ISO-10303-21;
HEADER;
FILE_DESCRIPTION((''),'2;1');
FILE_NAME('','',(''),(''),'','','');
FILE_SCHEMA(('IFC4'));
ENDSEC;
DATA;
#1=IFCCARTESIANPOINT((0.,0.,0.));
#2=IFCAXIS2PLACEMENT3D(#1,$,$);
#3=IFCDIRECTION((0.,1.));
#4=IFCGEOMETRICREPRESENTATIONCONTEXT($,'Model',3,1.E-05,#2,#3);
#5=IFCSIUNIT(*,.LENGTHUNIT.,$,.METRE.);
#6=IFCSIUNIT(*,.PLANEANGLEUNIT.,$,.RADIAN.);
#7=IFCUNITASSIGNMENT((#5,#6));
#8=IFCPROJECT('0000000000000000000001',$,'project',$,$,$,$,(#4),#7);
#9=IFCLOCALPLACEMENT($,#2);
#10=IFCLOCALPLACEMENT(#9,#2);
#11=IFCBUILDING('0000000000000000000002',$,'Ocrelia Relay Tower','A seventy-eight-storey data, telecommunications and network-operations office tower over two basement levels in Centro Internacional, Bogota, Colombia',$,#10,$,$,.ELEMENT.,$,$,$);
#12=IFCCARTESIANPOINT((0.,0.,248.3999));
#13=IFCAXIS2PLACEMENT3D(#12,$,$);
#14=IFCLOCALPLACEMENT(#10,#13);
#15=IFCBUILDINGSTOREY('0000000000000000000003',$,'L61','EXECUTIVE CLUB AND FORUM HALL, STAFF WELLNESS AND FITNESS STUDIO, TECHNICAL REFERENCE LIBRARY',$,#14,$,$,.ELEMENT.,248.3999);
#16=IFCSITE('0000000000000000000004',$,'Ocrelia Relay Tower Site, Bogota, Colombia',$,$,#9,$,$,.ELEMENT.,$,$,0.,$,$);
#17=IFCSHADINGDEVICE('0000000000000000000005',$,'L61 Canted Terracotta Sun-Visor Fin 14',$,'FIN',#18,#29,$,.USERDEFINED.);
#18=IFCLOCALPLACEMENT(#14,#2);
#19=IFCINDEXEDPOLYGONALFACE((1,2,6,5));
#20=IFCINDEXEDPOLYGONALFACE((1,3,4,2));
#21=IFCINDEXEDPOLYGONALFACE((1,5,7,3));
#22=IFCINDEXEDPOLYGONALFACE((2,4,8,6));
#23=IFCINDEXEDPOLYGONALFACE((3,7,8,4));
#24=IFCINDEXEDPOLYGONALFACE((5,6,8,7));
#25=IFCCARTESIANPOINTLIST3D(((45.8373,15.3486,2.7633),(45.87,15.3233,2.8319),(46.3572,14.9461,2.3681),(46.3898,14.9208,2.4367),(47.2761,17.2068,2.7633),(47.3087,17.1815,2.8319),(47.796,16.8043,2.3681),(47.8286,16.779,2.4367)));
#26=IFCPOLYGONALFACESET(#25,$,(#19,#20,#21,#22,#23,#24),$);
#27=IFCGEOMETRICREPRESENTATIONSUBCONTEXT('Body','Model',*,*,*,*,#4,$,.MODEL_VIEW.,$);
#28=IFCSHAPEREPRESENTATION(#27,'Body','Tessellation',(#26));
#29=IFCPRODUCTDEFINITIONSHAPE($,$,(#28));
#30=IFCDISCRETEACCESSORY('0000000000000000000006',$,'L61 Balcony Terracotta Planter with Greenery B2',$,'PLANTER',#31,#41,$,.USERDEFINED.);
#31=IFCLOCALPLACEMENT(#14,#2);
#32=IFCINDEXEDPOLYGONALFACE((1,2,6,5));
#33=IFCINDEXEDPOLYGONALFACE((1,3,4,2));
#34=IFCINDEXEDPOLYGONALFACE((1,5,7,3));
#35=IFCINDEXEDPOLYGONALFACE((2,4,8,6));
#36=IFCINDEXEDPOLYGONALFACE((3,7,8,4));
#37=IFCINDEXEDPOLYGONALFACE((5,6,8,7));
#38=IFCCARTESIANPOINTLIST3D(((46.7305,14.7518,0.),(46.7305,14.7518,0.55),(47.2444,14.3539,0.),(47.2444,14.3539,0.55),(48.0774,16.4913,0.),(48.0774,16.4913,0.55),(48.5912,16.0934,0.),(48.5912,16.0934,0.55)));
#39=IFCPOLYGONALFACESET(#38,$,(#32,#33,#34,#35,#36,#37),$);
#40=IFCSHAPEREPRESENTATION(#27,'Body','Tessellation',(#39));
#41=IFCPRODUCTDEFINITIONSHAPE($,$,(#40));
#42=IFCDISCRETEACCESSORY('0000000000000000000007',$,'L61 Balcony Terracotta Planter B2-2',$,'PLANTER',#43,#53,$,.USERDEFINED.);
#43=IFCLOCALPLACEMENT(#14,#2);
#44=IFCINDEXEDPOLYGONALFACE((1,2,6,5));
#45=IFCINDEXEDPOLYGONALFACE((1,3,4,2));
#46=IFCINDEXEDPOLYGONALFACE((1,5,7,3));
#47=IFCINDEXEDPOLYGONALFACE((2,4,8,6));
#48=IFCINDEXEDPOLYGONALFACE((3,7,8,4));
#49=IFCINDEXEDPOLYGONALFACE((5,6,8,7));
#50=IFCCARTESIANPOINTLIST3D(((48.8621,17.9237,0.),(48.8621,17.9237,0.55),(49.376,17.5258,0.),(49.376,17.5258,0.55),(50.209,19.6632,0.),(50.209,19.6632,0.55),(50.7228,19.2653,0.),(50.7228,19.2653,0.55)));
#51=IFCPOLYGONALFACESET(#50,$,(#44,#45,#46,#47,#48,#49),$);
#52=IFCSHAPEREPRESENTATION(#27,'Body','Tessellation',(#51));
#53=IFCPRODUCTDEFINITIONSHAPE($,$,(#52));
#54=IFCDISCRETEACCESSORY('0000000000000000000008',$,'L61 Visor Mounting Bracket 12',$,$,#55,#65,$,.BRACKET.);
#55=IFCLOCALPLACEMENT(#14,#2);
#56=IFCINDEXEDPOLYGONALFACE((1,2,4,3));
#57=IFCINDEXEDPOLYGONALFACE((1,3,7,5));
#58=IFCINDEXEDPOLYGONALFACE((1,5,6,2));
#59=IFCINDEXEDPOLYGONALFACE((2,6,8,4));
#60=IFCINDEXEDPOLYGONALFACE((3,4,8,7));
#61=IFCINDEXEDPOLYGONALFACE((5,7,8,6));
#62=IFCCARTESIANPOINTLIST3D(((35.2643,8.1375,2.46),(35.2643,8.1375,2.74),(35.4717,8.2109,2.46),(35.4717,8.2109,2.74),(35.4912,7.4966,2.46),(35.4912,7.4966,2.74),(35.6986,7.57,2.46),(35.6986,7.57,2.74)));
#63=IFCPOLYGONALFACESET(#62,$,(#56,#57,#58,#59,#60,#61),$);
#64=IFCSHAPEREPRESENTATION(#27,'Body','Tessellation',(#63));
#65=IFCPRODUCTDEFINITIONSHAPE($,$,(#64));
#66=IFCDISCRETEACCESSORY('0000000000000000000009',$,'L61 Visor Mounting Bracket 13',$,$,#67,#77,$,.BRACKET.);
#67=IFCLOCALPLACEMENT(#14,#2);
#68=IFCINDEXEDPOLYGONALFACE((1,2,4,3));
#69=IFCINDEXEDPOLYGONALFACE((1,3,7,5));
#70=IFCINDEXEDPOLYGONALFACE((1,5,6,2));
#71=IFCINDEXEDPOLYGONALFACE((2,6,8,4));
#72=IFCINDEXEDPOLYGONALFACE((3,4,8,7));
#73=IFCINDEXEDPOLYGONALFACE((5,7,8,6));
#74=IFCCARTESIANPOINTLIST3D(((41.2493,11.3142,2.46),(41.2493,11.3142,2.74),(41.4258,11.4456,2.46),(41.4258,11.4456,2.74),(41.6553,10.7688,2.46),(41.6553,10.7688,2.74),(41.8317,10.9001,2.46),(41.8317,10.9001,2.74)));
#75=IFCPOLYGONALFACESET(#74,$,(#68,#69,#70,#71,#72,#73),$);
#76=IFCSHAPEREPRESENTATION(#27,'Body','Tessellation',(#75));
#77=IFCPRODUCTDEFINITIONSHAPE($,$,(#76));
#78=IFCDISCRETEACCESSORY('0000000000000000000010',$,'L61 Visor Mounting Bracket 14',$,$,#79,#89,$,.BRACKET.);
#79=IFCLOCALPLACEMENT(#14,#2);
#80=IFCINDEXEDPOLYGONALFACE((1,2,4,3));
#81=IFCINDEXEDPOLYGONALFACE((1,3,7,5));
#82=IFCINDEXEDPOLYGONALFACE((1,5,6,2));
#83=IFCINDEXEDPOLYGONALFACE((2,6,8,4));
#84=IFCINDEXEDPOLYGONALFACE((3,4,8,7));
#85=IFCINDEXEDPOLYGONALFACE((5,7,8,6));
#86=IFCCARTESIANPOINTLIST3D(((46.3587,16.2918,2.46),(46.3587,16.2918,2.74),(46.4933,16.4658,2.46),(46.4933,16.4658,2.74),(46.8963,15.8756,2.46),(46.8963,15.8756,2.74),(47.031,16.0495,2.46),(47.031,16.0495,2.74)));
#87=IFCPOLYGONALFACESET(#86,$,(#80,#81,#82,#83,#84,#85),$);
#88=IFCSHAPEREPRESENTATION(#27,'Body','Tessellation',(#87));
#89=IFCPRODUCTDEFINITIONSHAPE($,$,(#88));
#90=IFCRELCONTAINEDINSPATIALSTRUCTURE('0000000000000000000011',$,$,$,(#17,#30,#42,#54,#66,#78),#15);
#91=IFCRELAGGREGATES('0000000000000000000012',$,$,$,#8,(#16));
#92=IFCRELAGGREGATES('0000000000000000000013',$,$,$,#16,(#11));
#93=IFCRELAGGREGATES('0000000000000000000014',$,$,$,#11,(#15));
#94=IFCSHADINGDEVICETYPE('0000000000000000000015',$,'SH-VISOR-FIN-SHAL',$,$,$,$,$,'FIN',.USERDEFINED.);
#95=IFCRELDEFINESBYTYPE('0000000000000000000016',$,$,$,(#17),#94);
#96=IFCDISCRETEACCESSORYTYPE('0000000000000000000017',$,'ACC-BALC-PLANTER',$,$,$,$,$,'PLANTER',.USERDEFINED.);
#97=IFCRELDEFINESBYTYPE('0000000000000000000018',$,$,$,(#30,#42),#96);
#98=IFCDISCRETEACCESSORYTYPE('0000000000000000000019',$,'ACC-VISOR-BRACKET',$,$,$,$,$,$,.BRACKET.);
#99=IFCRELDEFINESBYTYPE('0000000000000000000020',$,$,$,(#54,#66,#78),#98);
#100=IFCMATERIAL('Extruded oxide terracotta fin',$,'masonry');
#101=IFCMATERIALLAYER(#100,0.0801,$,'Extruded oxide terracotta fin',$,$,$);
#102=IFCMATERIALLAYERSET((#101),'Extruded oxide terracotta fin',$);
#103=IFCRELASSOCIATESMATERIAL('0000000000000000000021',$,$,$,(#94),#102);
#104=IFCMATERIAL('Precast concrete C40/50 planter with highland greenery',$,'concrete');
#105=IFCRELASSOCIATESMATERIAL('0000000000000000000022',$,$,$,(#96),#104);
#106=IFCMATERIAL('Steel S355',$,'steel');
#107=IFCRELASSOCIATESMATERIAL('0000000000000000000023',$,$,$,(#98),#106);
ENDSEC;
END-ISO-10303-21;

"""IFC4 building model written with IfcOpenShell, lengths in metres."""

from ifc_helpers import new_model, si_unit, direction, frame, origin, origin_2d, place, context, subcontext, project, spatial, rectangle, extrude, material, layer, layer_set, type_object, element, save


model = new_model("IFC4")

# Units and contexts
model_context = context("Model", 3, precision=1e-05, world=origin(), true_north=direction((0.0, 1.0)))
body_context = subcontext(model_context, "Body", "Model", "MODEL_VIEW")
ifc_project = project(units=[si_unit("LENGTHUNIT", "METRE"), si_unit("PLANEANGLEUNIT", "RADIAN")], contexts=[model_context])

# Site, building, storey
site_placement = place(None, origin())
site = spatial("IfcSite", under=ifc_project, at=site_placement, Name="Ocrelia Relay Tower Site, Bogota, Colombia", CompositionType="ELEMENT", RefElevation=0.0)
building_placement = place(site_placement, origin())
building = spatial("IfcBuilding", under=site, at=building_placement, Name="Ocrelia Relay Tower", Description="A seventy-eight-storey data, telecommunications and network-operations office tower over two basement levels in Centro Internacional, Bogota, Colombia", CompositionType="ELEMENT")
storey_placement = place(building_placement, frame((0.0, 0.0, 248.3999)))
storey = spatial("IfcBuildingStorey", under=building, at=storey_placement, Name="L61", Description="EXECUTIVE CLUB AND FORUM HALL, STAFF WELLNESS AND FITNESS STUDIO, TECHNICAL REFERENCE LIBRARY", CompositionType="ELEMENT", Elevation=248.3999)

# Shared definitions
ifc_material_1 = material(Name="Steel S355", Category="steel")

# Shading device
ifc_material_2 = material(Name="Extruded oxide terracotta fin", Category="masonry")
ifc_layer_1 = layer(ifc_material_2, 0.0801, Name="Extruded oxide terracotta fin")
ifc_layer_set_1 = layer_set([ifc_layer_1], Name="Extruded oxide terracotta fin")
shading_device_type_1 = type_object("IfcShadingDeviceType", Name="SH-VISOR-FIN-SHAL", ElementType="FIN", PredefinedType="USERDEFINED", material=ifc_layer_set_1)
shading_device_1_placement = place(storey_placement, frame((46.8167, 16.0764, 2.5657), z_axis=(0.407355, -0.315404, 0.857077), x_axis=(0.612212, 0.790693, 0.0)))
element("IfcShadingDevice", 1, at=shading_device_1_placement, inside=storey, type_object=shading_device_type_1, Name="L61 Canted Terracotta Sun-Visor Fin 14", ObjectType="FIN", PredefinedType="USERDEFINED", context=body_context, shape_type="SweptSolid", body=[
    extrude(rectangle(XDim=2.3501, YDim=0.7671, at=origin_2d()), origin(), (0.0, 0.0, 1.0), 0.0801),
])

# Discrete accessories
ifc_material_3 = material(Name="Precast concrete C40/50 planter with highland greenery", Category="concrete")
discrete_accessory_type_1 = type_object("IfcDiscreteAccessoryType", Name="ACC-BALC-PLANTER", ElementType="PLANTER", PredefinedType="USERDEFINED", material=ifc_material_3)
for number, where, z_axis, x_axis, name in (
    (2, (47.6609, 15.4226, 0.0), (0.0, 0.0, 1.0), (-0.612209, -0.790696, 0.0), "L61 Balcony Terracotta Planter with Greenery B2"),
    (3, (49.7925, 18.5945, 0.0), (0.0, 0.0, 1.0), (-0.612209, -0.790696, 0.0), "L61 Balcony Terracotta Planter B2-2"),
):
    element("IfcDiscreteAccessory", number, at=place(storey_placement, frame(where, z_axis=z_axis, x_axis=x_axis)), inside=storey, type_object=discrete_accessory_type_1, Name=name, ObjectType="PLANTER", PredefinedType="USERDEFINED", context=body_context, shape_type="SweptSolid", body=[
        extrude(rectangle(XDim=2.2, YDim=0.6499, at=origin_2d()), origin(), (0.0, 0.0, 1.0), 0.55),
    ])
discrete_accessory_type_2 = type_object("IfcDiscreteAccessoryType", Name="ACC-VISOR-BRACKET", PredefinedType="BRACKET", material=ifc_material_1)
for number, where, z_axis, x_axis, name in (
    (4, (35.4814, 7.8538, 2.46), (0.0, 0.0, 1.0), (0.942663, 0.333745, 0.0), "L61 Visor Mounting Bracket 12"),
    (5, (41.5405, 11.1072, 2.46), (0.0, 0.0, 1.0), (0.802209, 0.597043, 0.0), "L61 Visor Mounting Bracket 13"),
    (6, (46.6948, 16.1707, 2.46), (0.0, 0.0, 1.0), (0.612212, 0.790693, 0.0), "L61 Visor Mounting Bracket 14"),
):
    element("IfcDiscreteAccessory", number, at=place(storey_placement, frame(where, z_axis=z_axis, x_axis=x_axis)), inside=storey, type_object=discrete_accessory_type_2, Name=name, PredefinedType="BRACKET", context=body_context, shape_type="SweptSolid", body=[
        extrude(rectangle(XDim=0.22, YDim=0.6799, at=origin_2d()), origin(), (0.0, 0.0, 1.0), 0.28),
    ])

save(model, "model.ifc")
